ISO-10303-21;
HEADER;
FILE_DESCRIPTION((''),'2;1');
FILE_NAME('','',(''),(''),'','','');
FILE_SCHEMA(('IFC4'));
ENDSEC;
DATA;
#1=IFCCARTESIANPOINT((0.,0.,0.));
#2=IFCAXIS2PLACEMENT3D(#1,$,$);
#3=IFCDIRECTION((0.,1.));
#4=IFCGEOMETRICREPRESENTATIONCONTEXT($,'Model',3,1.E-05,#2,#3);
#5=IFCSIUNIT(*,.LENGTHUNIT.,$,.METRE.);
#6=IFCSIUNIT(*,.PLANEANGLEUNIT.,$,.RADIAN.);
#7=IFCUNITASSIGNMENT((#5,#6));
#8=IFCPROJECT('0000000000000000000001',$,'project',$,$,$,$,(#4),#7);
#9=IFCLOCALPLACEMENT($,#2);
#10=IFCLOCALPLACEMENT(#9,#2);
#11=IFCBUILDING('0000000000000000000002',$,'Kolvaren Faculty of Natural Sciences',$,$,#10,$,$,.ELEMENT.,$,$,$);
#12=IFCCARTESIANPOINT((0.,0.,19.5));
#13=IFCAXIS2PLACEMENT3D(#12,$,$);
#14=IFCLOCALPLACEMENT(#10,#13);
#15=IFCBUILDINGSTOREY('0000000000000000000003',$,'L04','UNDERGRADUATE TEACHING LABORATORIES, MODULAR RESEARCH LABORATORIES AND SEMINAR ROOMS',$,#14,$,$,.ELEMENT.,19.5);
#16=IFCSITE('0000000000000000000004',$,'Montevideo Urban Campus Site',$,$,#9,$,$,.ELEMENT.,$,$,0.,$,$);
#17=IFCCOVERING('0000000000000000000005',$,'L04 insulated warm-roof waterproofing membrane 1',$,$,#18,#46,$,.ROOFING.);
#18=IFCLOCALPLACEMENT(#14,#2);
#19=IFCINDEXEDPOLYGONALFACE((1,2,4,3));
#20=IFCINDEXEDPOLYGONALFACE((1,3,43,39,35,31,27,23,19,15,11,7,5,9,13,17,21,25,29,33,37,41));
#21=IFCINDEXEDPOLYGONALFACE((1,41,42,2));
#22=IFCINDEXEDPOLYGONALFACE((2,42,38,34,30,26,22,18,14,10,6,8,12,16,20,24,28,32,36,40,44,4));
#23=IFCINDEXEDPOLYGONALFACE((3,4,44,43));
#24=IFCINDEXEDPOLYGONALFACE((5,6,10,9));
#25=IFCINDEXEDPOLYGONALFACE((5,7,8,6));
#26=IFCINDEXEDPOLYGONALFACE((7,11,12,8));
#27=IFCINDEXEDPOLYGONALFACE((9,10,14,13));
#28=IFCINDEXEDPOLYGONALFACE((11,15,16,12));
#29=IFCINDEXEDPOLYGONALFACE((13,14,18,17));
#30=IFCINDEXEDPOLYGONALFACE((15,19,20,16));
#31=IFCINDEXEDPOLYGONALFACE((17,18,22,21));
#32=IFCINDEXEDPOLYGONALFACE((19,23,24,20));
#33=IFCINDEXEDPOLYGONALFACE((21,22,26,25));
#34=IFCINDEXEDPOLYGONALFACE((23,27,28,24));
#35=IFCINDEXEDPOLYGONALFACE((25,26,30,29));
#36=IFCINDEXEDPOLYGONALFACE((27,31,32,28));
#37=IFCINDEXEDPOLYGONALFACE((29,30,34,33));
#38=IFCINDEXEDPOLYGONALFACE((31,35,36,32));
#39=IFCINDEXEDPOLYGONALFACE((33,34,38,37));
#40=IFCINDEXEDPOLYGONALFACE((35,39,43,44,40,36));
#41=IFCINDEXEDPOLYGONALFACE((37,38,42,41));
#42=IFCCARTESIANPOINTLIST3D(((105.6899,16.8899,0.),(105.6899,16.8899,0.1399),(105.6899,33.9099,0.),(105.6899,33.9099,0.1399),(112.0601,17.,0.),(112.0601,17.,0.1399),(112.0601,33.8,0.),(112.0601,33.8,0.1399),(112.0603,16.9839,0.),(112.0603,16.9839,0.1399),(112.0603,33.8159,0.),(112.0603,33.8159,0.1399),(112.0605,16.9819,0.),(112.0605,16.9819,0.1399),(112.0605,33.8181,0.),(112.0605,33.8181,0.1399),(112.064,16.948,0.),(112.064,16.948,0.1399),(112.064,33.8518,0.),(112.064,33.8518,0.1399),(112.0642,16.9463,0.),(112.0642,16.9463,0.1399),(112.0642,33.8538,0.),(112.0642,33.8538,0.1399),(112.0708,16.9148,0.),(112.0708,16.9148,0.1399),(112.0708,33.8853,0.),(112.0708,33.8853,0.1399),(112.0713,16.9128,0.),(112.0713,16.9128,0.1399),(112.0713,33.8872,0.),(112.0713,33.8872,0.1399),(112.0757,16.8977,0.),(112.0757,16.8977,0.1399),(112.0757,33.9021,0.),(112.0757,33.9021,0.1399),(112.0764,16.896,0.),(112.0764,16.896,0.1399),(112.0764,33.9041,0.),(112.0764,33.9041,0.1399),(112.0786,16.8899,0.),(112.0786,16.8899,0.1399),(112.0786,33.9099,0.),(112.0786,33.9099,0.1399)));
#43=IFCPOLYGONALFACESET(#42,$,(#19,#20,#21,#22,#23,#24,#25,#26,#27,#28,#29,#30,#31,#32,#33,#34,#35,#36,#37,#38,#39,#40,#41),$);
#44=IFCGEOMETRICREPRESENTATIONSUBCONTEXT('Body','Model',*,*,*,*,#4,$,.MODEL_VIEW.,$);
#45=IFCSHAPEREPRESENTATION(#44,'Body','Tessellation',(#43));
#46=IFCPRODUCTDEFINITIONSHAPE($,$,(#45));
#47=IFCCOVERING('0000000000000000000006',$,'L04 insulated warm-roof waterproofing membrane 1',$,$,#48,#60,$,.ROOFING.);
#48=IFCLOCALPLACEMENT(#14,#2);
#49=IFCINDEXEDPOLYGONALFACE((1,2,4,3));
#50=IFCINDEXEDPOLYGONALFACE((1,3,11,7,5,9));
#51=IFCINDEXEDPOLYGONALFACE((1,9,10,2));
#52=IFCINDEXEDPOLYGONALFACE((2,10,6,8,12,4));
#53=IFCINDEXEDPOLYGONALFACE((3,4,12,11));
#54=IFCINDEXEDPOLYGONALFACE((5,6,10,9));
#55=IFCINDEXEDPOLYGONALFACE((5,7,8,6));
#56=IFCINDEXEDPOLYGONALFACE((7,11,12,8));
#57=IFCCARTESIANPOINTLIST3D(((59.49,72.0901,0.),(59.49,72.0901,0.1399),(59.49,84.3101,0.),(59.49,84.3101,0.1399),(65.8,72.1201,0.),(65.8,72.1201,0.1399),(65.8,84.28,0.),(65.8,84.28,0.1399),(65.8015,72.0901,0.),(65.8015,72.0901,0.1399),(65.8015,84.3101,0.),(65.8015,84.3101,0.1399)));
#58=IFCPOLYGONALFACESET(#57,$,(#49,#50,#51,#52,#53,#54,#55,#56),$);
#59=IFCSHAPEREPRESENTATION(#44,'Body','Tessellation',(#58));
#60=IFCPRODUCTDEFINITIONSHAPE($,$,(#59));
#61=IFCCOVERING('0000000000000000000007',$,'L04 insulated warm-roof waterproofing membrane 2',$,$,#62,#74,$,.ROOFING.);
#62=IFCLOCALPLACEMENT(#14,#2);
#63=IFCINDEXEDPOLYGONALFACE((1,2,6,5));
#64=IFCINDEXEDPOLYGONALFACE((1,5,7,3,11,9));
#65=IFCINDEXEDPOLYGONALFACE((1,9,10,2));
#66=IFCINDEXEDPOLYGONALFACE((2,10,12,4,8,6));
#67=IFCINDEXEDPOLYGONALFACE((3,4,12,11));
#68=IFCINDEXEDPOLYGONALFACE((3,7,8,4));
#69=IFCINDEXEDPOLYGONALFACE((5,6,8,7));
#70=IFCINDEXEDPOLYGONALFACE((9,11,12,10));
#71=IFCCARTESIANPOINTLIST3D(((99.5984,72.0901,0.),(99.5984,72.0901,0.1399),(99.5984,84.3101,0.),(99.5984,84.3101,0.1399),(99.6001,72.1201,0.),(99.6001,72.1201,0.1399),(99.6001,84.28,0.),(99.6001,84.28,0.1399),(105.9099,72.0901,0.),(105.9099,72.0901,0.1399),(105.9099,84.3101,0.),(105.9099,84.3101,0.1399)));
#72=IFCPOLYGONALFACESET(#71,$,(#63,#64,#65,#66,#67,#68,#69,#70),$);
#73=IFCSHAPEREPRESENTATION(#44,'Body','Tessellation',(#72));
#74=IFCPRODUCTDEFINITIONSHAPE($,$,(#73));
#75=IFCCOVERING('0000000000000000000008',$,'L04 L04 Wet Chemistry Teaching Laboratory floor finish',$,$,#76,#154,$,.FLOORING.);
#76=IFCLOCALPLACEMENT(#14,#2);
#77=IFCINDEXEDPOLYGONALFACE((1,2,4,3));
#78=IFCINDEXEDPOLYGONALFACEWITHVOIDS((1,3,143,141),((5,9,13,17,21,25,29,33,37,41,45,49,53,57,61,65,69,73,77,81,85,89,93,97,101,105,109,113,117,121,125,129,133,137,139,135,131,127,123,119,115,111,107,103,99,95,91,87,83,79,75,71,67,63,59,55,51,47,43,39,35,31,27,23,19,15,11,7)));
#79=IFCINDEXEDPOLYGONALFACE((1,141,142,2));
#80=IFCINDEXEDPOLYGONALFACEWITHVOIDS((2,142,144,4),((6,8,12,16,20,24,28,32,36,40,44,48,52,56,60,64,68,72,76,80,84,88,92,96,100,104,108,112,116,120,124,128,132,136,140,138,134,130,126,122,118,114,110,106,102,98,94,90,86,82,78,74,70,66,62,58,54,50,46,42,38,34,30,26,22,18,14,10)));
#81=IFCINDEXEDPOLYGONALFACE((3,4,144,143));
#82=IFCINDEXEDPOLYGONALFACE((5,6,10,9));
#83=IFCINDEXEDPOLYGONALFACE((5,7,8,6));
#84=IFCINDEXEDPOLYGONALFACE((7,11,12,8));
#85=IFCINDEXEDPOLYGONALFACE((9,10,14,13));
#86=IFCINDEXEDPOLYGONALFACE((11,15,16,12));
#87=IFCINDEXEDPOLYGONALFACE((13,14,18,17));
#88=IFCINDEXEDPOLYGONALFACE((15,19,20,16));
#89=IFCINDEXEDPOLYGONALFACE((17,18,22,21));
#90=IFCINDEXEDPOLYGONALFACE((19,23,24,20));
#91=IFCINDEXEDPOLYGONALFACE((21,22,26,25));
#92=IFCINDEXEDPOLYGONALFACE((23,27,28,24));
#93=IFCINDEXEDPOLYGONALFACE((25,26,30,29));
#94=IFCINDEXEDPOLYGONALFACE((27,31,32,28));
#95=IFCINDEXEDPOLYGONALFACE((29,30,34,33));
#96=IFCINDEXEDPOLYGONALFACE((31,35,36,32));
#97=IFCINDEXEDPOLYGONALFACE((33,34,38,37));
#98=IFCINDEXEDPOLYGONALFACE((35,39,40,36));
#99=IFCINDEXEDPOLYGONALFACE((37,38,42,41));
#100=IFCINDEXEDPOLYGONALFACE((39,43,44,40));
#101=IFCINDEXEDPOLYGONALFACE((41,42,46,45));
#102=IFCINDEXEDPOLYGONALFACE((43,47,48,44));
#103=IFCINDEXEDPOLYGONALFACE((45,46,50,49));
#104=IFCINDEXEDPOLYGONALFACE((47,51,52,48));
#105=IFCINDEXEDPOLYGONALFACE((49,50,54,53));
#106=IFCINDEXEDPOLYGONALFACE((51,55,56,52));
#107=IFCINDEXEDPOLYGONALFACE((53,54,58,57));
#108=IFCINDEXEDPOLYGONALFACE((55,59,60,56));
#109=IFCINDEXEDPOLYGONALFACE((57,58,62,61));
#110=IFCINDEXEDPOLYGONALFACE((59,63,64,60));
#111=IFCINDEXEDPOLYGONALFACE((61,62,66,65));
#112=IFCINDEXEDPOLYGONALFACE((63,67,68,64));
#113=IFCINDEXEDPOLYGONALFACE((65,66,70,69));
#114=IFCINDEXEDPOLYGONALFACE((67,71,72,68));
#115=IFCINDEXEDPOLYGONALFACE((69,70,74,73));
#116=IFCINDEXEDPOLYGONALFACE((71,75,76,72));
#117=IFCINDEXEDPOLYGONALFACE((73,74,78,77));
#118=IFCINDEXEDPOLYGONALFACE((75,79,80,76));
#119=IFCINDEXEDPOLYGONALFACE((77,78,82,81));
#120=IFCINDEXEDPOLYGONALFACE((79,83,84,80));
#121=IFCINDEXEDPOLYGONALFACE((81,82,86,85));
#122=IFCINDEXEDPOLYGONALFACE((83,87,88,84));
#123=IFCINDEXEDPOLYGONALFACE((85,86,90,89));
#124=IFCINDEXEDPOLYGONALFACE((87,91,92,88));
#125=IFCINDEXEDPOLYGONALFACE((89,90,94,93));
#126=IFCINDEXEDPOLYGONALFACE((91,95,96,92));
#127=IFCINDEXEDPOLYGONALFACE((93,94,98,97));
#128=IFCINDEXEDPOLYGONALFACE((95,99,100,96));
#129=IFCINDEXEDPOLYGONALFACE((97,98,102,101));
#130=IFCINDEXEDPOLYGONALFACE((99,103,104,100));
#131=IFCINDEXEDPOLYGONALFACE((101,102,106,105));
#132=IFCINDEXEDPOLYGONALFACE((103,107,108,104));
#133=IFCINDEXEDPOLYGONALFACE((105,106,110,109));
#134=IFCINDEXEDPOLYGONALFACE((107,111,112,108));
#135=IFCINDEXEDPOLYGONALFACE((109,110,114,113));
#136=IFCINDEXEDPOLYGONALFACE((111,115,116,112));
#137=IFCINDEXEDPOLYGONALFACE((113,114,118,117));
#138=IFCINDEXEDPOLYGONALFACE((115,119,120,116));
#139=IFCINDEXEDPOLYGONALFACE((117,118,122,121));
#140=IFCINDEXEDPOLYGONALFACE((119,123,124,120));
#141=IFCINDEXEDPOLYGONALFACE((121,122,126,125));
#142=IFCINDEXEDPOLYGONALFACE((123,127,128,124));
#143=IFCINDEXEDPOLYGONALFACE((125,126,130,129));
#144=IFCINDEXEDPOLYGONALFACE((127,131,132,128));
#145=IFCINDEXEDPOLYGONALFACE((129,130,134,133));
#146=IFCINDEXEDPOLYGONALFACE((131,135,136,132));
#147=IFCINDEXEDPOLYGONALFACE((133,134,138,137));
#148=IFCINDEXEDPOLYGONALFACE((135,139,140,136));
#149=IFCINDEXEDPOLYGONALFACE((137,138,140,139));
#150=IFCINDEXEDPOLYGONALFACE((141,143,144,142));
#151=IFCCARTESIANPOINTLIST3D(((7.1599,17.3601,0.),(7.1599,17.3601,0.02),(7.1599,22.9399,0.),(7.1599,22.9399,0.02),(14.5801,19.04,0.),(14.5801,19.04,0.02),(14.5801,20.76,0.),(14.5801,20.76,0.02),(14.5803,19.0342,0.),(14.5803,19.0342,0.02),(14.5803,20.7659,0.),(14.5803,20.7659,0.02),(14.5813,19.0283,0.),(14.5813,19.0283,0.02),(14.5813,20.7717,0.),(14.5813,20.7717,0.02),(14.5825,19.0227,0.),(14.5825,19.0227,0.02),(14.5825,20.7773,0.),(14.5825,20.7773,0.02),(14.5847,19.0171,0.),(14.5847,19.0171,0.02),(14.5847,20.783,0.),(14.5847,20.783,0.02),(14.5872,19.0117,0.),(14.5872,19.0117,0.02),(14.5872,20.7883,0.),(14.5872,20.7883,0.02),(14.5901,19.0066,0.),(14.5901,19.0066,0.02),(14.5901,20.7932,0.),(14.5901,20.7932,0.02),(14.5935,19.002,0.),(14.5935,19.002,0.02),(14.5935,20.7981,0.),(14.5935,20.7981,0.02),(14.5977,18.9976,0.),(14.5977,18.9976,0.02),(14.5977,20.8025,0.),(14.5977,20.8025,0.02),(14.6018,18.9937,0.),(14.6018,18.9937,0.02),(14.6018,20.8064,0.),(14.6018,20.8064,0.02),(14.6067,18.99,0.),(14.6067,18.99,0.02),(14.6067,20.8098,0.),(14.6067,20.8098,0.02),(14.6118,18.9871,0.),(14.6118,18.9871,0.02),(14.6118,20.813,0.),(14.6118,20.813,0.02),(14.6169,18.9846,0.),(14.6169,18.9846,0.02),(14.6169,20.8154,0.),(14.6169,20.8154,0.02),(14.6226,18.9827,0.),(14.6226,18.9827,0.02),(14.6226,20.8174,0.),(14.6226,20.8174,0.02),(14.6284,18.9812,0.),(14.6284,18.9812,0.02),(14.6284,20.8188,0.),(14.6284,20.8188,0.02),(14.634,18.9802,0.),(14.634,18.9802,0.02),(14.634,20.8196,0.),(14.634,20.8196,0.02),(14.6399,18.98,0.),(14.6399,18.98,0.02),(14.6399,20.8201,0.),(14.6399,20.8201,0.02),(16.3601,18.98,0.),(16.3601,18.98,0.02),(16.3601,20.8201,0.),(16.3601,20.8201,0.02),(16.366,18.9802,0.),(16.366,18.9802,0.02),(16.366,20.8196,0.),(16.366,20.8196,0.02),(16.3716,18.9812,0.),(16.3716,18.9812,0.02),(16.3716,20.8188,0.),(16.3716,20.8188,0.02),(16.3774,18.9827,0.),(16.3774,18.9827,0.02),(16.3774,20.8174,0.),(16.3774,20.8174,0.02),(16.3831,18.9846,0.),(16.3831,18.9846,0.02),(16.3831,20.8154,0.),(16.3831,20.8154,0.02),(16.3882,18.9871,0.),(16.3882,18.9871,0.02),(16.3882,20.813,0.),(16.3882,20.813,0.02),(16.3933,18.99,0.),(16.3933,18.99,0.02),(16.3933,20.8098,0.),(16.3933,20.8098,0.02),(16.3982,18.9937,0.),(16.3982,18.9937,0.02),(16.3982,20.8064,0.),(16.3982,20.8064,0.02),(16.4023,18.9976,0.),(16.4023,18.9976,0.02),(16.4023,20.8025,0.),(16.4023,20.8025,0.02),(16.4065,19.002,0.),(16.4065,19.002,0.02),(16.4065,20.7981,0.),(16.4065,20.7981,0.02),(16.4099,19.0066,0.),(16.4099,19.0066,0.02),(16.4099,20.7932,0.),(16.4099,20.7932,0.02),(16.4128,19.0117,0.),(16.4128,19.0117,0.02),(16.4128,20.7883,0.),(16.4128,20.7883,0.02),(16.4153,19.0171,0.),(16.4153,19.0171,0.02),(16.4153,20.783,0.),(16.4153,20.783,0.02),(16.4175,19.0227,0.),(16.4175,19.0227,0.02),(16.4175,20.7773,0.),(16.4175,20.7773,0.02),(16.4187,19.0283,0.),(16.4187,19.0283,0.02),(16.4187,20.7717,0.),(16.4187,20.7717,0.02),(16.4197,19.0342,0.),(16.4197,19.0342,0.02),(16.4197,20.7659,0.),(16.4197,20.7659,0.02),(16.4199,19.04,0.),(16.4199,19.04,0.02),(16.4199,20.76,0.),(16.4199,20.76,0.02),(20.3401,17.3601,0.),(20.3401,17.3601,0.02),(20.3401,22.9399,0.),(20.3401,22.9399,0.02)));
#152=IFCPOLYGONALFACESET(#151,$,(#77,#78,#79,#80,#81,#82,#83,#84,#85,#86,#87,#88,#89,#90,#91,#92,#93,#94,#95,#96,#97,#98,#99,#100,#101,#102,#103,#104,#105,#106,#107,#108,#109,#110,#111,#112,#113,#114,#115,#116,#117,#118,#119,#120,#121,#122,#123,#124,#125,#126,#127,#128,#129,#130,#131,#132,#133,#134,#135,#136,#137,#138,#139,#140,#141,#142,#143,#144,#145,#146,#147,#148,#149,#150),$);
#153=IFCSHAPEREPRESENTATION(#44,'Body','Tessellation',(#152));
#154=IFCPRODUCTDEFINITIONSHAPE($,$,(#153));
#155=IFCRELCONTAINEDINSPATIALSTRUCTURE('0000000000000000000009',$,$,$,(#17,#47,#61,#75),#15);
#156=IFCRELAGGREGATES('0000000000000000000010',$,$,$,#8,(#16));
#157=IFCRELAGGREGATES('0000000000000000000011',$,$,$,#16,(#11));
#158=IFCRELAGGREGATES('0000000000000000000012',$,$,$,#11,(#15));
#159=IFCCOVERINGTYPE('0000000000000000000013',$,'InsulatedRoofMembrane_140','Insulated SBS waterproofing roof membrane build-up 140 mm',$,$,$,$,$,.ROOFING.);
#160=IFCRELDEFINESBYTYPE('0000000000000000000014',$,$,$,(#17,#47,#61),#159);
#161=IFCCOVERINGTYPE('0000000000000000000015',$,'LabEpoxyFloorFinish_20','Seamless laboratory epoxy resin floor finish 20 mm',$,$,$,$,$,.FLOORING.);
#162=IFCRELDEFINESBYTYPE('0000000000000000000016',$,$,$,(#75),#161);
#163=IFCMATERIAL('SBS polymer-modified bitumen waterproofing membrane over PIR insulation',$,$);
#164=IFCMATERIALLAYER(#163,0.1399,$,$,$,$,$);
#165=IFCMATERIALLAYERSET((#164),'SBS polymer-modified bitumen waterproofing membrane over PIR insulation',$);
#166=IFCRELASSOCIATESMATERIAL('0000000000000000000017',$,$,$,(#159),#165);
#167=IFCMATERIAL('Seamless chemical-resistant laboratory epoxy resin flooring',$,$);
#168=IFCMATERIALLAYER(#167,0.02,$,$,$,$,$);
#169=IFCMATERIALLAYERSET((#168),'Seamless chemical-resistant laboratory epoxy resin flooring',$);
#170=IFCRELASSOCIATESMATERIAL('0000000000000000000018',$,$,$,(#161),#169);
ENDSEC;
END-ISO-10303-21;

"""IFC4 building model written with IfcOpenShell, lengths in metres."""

from ifc_helpers import new_model, si_unit, direction, frame, origin, place, context, subcontext, project, spatial, polyline, outline, extrude, material, layer, layer_set, type_object, element, save


model = new_model("IFC4")

# Units and contexts
model_context = context("Model", 3, precision=1e-05, world=origin(), true_north=direction((0.0, 1.0)))
body_context = subcontext(model_context, "Body", "Model", "MODEL_VIEW")
ifc_project = project(units=[si_unit("LENGTHUNIT", "METRE"), si_unit("PLANEANGLEUNIT", "RADIAN")], contexts=[model_context])

# Site, building, storey
site_placement = place(None, origin())
site = spatial("IfcSite", under=ifc_project, at=site_placement, Name="Montevideo Urban Campus Site", CompositionType="ELEMENT", RefElevation=0.0)
building_placement = place(site_placement, origin())
building = spatial("IfcBuilding", under=site, at=building_placement, Name="Kolvaren Faculty of Natural Sciences", CompositionType="ELEMENT")
storey_placement = place(building_placement, frame((0.0, 0.0, 19.5)))
storey = spatial("IfcBuildingStorey", under=building, at=storey_placement, Name="L04", Description="UNDERGRADUATE TEACHING LABORATORIES, MODULAR RESEARCH LABORATORIES AND SEMINAR ROOMS", CompositionType="ELEMENT", Elevation=19.5)

# Coverings
ifc_material_1 = material(Name="SBS polymer-modified bitumen waterproofing membrane over PIR insulation")
ifc_layer_1 = layer(ifc_material_1, 0.1399)
ifc_layer_set_1 = layer_set([ifc_layer_1], Name="SBS polymer-modified bitumen waterproofing membrane over PIR insulation")
covering_type_1 = type_object("IfcCoveringType", Name="InsulatedRoofMembrane_140", Description="Insulated SBS waterproofing roof membrane build-up 140 mm", PredefinedType="ROOFING", material=ifc_layer_set_1)
covering_1_placement = place(storey_placement, origin())
element("IfcCovering", 1, at=covering_1_placement, inside=storey, type_object=covering_type_1, Name="L04 insulated warm-roof waterproofing membrane 1", PredefinedType="ROOFING", context=body_context, shape_type="SweptSolid", body=[
    extrude(outline(polyline([(112.0786, 16.8899), (105.6899, 16.8899), (105.6899, 33.9099), (112.0786, 33.9099), (112.0764, 33.9041), (112.0757, 33.9021), (112.0713, 33.8872), (112.0708, 33.8853), (112.0642, 33.8538), (112.064, 33.8518), (112.0605, 33.8181), (112.0603, 33.8159), (112.0601, 33.8), (112.0601, 17.0), (112.0603, 16.9839), (112.0605, 16.9819), (112.064, 16.948), (112.0642, 16.9463), (112.0708, 16.9148), (112.0713, 16.9128), (112.0757, 16.8977), (112.0764, 16.896), (112.0786, 16.8899)])), origin(), (0.0, 0.0, 1.0), 0.1399),
])
covering_2_placement = place(storey_placement, origin())
element("IfcCovering", 2, at=covering_2_placement, inside=storey, type_object=covering_type_1, Name="L04 insulated warm-roof waterproofing membrane 1", PredefinedType="ROOFING", context=body_context, shape_type="SweptSolid", body=[
    extrude(outline(polyline([(59.49, 72.0901), (59.49, 84.3101), (65.8015, 84.3101), (65.8, 84.28), (65.8, 72.1201), (65.8015, 72.0901), (59.49, 72.0901)])), origin(), (0.0, 0.0, 1.0), 0.1399),
])
covering_3_placement = place(storey_placement, origin())
element("IfcCovering", 3, at=covering_3_placement, inside=storey, type_object=covering_type_1, Name="L04 insulated warm-roof waterproofing membrane 2", PredefinedType="ROOFING", context=body_context, shape_type="SweptSolid", body=[
    extrude(outline(polyline([(99.5984, 72.0901), (99.6001, 72.1201), (99.6001, 84.28), (99.5984, 84.3101), (105.9099, 84.3101), (105.9099, 72.0901), (99.5984, 72.0901)])), origin(), (0.0, 0.0, 1.0), 0.1399),
])
ifc_material_2 = material(Name="Seamless chemical-resistant laboratory epoxy resin flooring")
ifc_layer_2 = layer(ifc_material_2, 0.02)
ifc_layer_set_2 = layer_set([ifc_layer_2], Name="Seamless chemical-resistant laboratory epoxy resin flooring")
covering_type_2 = type_object("IfcCoveringType", Name="LabEpoxyFloorFinish_20", Description="Seamless laboratory epoxy resin floor finish 20 mm", PredefinedType="FLOORING", material=ifc_layer_set_2)
covering_4_placement = place(storey_placement, origin())
element("IfcCovering", 4, at=covering_4_placement, inside=storey, type_object=covering_type_2, Name="L04 L04 Wet Chemistry Teaching Laboratory floor finish", PredefinedType="FLOORING", context=body_context, shape_type="SweptSolid", body=[
    extrude(outline(polyline([(7.1599, 17.3601), (7.1599, 22.9399), (20.3401, 22.9399), (20.3401, 17.3601), (7.1599, 17.3601)]), holes=[polyline([(14.634, 20.8196), (14.6284, 20.8188), (14.6226, 20.8174), (14.6169, 20.8154), (14.6118, 20.813), (14.6067, 20.8098), (14.6018, 20.8064), (14.5977, 20.8025), (14.5935, 20.7981), (14.5901, 20.7932), (14.5872, 20.7883), (14.5847, 20.783), (14.5825, 20.7773), (14.5813, 20.7717), (14.5803, 20.7659), (14.5801, 20.76), (14.5801, 19.04), (14.5803, 19.0342), (14.5813, 19.0283), (14.5825, 19.0227), (14.5847, 19.0171), (14.5872, 19.0117), (14.5901, 19.0066), (14.5935, 19.002), (14.5977, 18.9976), (14.6018, 18.9937), (14.6067, 18.99), (14.6118, 18.9871), (14.6169, 18.9846), (14.6226, 18.9827), (14.6284, 18.9812), (14.634, 18.9802), (14.6399, 18.98), (16.3601, 18.98), (16.366, 18.9802), (16.3716, 18.9812), (16.3774, 18.9827), (16.3831, 18.9846), (16.3882, 18.9871), (16.3933, 18.99), (16.3982, 18.9937), (16.4023, 18.9976), (16.4065, 19.002), (16.4099, 19.0066), (16.4128, 19.0117), (16.4153, 19.0171), (16.4175, 19.0227), (16.4187, 19.0283), (16.4197, 19.0342), (16.4199, 19.04), (16.4199, 20.76), (16.4197, 20.7659), (16.4187, 20.7717), (16.4175, 20.7773), (16.4153, 20.783), (16.4128, 20.7883), (16.4099, 20.7932), (16.4065, 20.7981), (16.4023, 20.8025), (16.3982, 20.8064), (16.3933, 20.8098), (16.3882, 20.813), (16.3831, 20.8154), (16.3774, 20.8174), (16.3716, 20.8188), (16.366, 20.8196), (16.3601, 20.8201), (14.6399, 20.8201), (14.634, 20.8196)])]), origin(), (0.0, 0.0, 1.0), 0.02),
])

save(model, "model.ifc")
